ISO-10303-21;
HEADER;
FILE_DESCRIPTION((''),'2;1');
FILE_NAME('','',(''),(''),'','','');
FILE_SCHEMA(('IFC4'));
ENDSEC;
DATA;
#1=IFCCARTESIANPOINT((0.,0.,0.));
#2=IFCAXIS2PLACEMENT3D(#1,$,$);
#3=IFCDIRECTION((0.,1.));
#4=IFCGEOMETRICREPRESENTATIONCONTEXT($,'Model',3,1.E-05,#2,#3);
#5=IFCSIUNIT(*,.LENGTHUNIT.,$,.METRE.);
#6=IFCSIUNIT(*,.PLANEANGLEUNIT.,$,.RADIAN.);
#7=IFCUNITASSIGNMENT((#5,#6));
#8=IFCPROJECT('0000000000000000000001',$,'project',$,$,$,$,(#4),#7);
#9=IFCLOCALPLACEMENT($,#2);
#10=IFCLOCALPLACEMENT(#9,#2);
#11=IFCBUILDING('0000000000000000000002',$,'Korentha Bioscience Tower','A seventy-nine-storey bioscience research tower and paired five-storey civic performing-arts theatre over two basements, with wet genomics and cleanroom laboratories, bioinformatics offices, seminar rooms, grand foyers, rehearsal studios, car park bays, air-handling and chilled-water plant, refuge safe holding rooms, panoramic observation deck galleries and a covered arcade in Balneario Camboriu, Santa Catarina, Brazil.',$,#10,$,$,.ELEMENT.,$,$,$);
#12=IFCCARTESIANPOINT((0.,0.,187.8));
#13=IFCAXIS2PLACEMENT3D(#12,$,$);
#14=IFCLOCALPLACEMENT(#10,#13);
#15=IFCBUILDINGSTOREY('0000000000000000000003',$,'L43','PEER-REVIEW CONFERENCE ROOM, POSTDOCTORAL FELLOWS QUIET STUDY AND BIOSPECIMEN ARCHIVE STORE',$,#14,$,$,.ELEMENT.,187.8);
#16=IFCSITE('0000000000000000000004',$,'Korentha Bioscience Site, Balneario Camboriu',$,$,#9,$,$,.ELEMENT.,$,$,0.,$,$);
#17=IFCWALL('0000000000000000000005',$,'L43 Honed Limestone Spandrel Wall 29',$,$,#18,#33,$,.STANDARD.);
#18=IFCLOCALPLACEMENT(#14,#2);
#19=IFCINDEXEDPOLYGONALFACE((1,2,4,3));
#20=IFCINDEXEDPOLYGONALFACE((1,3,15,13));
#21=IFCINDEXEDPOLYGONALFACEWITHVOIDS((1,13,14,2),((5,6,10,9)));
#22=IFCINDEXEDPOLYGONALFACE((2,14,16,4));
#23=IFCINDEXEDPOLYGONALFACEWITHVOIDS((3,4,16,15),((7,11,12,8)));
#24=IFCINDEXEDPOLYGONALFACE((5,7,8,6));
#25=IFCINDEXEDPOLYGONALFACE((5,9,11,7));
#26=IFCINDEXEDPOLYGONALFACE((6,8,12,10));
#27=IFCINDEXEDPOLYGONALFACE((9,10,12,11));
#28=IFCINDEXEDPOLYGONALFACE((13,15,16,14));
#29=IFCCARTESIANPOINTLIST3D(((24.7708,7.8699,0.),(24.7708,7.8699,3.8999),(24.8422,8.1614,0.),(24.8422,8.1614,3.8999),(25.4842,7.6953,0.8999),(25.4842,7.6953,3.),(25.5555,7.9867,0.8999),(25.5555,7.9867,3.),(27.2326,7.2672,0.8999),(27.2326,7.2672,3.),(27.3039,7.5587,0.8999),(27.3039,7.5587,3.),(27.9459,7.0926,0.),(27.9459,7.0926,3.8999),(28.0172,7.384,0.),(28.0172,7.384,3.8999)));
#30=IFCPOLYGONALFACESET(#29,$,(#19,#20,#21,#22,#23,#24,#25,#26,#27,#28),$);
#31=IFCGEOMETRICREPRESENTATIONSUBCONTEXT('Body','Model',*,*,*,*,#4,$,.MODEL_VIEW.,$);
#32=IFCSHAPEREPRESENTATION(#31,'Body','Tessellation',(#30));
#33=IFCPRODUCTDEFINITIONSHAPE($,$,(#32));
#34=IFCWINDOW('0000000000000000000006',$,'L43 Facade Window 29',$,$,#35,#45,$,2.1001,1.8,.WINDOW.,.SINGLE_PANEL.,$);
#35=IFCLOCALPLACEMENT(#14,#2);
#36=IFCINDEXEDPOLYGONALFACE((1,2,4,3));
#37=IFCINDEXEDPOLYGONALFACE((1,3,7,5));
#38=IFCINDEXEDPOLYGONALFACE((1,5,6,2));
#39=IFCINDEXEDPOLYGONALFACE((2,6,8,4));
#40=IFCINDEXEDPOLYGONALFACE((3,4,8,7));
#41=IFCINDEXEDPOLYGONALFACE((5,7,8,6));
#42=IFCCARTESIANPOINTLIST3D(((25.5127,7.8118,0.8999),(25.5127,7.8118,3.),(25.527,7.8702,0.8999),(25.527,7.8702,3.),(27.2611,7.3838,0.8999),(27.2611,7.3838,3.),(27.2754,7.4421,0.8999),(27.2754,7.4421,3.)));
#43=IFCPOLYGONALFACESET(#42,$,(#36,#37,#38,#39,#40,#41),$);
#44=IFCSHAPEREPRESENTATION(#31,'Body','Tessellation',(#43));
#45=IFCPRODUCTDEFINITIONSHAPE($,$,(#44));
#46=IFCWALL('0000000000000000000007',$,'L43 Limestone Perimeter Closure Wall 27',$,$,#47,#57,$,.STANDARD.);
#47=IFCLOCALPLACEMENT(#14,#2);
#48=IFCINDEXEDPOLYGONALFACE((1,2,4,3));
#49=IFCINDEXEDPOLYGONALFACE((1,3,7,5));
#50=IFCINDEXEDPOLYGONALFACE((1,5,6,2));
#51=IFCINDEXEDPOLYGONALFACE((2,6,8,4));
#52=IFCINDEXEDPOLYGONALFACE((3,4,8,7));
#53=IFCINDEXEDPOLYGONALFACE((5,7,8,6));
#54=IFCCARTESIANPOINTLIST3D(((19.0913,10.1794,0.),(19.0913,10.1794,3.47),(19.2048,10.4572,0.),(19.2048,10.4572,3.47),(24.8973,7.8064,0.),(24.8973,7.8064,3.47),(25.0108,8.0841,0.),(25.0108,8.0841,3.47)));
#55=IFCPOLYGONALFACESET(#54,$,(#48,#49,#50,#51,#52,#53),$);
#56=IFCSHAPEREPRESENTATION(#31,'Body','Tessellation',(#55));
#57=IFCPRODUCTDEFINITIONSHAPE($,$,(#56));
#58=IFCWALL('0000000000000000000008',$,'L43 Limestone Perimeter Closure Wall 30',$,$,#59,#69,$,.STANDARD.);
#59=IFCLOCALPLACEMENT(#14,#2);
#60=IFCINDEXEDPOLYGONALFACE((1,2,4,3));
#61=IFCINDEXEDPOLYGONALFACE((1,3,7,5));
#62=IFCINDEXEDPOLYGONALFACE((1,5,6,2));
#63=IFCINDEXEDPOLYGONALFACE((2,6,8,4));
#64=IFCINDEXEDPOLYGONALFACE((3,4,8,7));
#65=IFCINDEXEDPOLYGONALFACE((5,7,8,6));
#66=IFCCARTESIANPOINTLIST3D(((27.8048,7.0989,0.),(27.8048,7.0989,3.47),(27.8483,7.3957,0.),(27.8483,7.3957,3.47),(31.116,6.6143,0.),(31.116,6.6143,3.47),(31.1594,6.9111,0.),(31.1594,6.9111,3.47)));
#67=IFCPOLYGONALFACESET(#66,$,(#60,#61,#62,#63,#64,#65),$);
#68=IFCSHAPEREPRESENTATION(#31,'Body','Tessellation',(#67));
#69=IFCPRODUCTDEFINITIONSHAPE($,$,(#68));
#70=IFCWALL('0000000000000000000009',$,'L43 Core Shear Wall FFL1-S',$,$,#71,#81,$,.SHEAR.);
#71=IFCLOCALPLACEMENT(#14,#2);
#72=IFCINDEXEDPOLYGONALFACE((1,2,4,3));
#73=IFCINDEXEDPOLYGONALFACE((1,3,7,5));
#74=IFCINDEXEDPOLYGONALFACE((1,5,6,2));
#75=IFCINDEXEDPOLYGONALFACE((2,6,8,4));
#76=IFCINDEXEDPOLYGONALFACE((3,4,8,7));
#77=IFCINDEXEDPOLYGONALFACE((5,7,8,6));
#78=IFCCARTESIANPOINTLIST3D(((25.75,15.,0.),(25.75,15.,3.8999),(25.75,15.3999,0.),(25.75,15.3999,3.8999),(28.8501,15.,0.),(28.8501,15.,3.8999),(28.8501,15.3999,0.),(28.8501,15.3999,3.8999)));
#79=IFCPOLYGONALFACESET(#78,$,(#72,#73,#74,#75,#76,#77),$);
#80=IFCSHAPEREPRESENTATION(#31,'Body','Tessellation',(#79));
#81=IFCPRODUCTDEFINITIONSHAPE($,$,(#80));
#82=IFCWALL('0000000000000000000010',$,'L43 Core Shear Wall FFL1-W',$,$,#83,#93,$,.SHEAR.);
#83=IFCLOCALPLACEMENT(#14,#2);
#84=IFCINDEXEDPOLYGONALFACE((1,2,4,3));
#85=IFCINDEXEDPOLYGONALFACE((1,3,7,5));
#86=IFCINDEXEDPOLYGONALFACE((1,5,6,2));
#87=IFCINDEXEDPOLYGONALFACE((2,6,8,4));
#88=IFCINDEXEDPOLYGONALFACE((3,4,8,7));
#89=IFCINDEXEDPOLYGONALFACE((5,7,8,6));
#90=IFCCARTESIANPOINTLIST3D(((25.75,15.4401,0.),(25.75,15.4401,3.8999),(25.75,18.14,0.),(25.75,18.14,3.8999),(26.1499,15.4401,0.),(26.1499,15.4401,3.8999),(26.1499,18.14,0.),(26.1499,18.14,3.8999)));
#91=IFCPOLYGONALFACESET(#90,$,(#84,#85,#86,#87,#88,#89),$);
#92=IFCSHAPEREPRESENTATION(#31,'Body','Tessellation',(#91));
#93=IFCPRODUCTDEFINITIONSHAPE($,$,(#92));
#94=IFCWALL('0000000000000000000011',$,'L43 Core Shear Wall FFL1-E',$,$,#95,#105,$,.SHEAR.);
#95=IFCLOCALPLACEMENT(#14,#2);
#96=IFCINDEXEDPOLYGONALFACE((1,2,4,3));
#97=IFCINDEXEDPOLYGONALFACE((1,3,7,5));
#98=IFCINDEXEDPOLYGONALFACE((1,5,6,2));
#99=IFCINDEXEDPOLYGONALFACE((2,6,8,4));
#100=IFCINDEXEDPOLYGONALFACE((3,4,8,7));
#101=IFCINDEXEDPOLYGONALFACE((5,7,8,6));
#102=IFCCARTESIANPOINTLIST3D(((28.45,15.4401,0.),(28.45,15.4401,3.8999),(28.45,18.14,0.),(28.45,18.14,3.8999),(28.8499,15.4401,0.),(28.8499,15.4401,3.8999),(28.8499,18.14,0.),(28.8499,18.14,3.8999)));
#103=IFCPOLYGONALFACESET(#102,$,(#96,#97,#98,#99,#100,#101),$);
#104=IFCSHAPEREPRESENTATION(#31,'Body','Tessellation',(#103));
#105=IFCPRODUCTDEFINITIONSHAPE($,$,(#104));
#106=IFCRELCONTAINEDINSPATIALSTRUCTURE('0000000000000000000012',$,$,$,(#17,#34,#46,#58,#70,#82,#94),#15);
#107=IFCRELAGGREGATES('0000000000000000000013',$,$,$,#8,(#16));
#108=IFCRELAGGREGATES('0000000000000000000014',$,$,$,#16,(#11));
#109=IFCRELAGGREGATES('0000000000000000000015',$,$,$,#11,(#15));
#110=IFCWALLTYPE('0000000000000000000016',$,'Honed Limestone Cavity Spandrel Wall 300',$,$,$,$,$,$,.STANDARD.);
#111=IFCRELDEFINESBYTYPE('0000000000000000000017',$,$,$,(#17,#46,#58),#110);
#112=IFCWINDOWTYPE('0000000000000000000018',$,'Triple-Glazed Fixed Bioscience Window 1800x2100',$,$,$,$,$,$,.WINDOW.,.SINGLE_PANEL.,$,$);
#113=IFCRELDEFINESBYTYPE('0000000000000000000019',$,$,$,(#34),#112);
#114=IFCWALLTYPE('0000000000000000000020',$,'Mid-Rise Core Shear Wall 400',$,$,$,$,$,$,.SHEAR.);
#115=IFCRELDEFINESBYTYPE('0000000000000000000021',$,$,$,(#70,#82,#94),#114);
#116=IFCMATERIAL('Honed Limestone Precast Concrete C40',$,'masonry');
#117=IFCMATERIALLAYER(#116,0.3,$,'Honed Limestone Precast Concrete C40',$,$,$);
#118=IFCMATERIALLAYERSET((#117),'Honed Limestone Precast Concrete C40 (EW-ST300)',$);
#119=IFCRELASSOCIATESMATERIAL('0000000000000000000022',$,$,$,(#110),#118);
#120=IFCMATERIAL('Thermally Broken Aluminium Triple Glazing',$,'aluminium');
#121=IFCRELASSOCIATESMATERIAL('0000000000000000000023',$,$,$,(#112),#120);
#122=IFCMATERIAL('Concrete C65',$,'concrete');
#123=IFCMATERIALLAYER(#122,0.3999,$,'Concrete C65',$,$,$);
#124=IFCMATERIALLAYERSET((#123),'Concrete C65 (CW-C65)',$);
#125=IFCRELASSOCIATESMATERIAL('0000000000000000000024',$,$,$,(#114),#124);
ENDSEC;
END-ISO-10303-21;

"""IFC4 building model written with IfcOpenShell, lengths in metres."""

from ifc_helpers import new_model, si_unit, direction, frame, frame_2d, origin, place, context, subcontext, project, spatial, rectangle, extrude, material, layer, layer_set, type_object, element, fill, save


model = new_model("IFC4")

# Units and contexts
model_context = context("Model", 3, precision=1e-05, world=origin(), true_north=direction((0.0, 1.0)))
body_context = subcontext(model_context, "Body", "Model", "MODEL_VIEW")
ifc_project = project(units=[si_unit("LENGTHUNIT", "METRE"), si_unit("PLANEANGLEUNIT", "RADIAN")], contexts=[model_context])

# Site, building, storey
site_placement = place(None, origin())
site = spatial("IfcSite", under=ifc_project, at=site_placement, Name="Korentha Bioscience Site, Balneario Camboriu", CompositionType="ELEMENT", RefElevation=0.0)
building_placement = place(site_placement, origin())
building = spatial("IfcBuilding", under=site, at=building_placement, Name="Korentha Bioscience Tower", Description="A seventy-nine-storey bioscience research tower and paired five-storey civic performing-arts theatre over two basements, with wet genomics and cleanroom laboratories, bioinformatics offices, seminar rooms, grand foyers, rehearsal studios, car park bays, air-handling and chilled-water plant, refuge safe holding rooms, panoramic observation deck galleries and a covered arcade in Balneario Camboriu, Santa Catarina, Brazil.", CompositionType="ELEMENT")
storey_placement = place(building_placement, frame((0.0, 0.0, 187.8)))
storey = spatial("IfcBuildingStorey", under=building, at=storey_placement, Name="L43", Description="PEER-REVIEW CONFERENCE ROOM, POSTDOCTORAL FELLOWS QUIET STUDY AND BIOSPECIMEN ARCHIVE STORE", CompositionType="ELEMENT", Elevation=187.8)

# Shared definitions
ifc_material_1 = material(Name="Concrete C65", Category="concrete")

# Wall, opening, window
ifc_material_2 = material(Name="Honed Limestone Precast Concrete C40", Category="masonry")
ifc_layer_1 = layer(ifc_material_2, 0.3, Name="Honed Limestone Precast Concrete C40")
ifc_layer_set_1 = layer_set([ifc_layer_1], Name="Honed Limestone Precast Concrete C40 (EW-ST300)")
wall_type_1 = type_object("IfcWallType", Name="Honed Limestone Cavity Spandrel Wall 300", PredefinedType="STANDARD", material=ifc_layer_set_1)
wall_1_placement = place(storey_placement, frame((24.8066, 8.0156, 0.0), z_axis=(0.0, 0.0, 1.0), x_axis=(0.971313, -0.237805, 0.0)))
wall_1 = element("IfcWall", 1, at=wall_1_placement, inside=storey, type_object=wall_type_1, Name="L43 Honed Limestone Spandrel Wall 29", PredefinedType="STANDARD", context=body_context, shape_type="SweptSolid", body=[
    extrude(rectangle(XDim=3.2688, YDim=0.3, at=frame_2d((1.6343, 0.0))), origin(), (0.0, 0.0, 1.0), 3.8999),
])
opening_1_placement = place(wall_1_placement, frame((0.7344, 0.0, 0.8999)))
opening_1 = element("IfcOpeningElement", 2, at=opening_1_placement, cuts=wall_1, PredefinedType="OPENING", context=body_context, shape_type="SweptSolid", body=[
    extrude(rectangle(XDim=1.8, YDim=2.1001, at=frame_2d((0.8999, 1.05))), frame((0.0, 0.165, 0.0), z_axis=(0.0, -1.0, 0.0), x_axis=(1.0, 0.0, 0.0)), (0.0, 0.0, 1.0), 0.3298),
])
ifc_material_3 = material(Name="Thermally Broken Aluminium Triple Glazing", Category="aluminium")
window_type = type_object("IfcWindowType", Name="Triple-Glazed Fixed Bioscience Window 1800x2100", PartitioningType="SINGLE_PANEL", PredefinedType="WINDOW", material=ifc_material_3)
window_placement = place(opening_1_placement, origin())
window = element("IfcWindow", 3, at=window_placement, inside=storey, type_object=window_type, Name="L43 Facade Window 29", OverallHeight=2.1001, OverallWidth=1.8, PartitioningType="SINGLE_PANEL", PredefinedType="WINDOW", context=body_context, shape_type="SweptSolid", body=[
    extrude(rectangle(XDim=1.8, YDim=2.1001, at=frame_2d((0.8999, 1.05))), frame((0.0, 0.03, 0.0), z_axis=(0.0, -1.0, 0.0), x_axis=(1.0, 0.0, 0.0)), (0.0, 0.0, 1.0), 0.0601),
])
fill(opening_1, window)

# Walls
wall_2_placement = place(storey_placement, frame((19.1479, 10.3184, 0.0), z_axis=(0.0, 0.0, 1.0), x_axis=(0.925664, -0.378346, 0.0)))
element("IfcWall", 4, at=wall_2_placement, inside=storey, type_object=wall_type_1, Name="L43 Limestone Perimeter Closure Wall 27", PredefinedType="STANDARD", context=body_context, shape_type="SweptSolid", body=[
    extrude(rectangle(XDim=6.2722, YDim=0.3, at=frame_2d((3.1362, 0.0))), origin(), (0.0, 0.0, 1.0), 3.47),
])
wall_3_placement = place(storey_placement, frame((27.8264, 7.2473, 0.0), z_axis=(0.0, 0.0, 1.0), x_axis=(0.989459, -0.144811, 0.0)))
element("IfcWall", 5, at=wall_3_placement, inside=storey, type_object=wall_type_1, Name="L43 Limestone Perimeter Closure Wall 30", PredefinedType="STANDARD", context=body_context, shape_type="SweptSolid", body=[
    extrude(rectangle(XDim=3.3464, YDim=0.3, at=frame_2d((1.6733, 0.0))), origin(), (0.0, 0.0, 1.0), 3.47),
])
ifc_layer_2 = layer(ifc_material_1, 0.3999, Name="Concrete C65")
ifc_layer_set_2 = layer_set([ifc_layer_2], Name="Concrete C65 (CW-C65)")
wall_type_2 = type_object("IfcWallType", Name="Mid-Rise Core Shear Wall 400", PredefinedType="SHEAR", material=ifc_layer_set_2)
wall_4_placement = place(storey_placement, frame((25.75, 15.2, 0.0), z_axis=(0.0, 0.0, 1.0), x_axis=(1.0, 0.0, 0.0)))
element("IfcWall", 6, at=wall_4_placement, inside=storey, type_object=wall_type_2, Name="L43 Core Shear Wall FFL1-S", PredefinedType="SHEAR", context=body_context, shape_type="SweptSolid", body=[
    extrude(rectangle(XDim=3.1001, YDim=0.3999, at=frame_2d((1.55, 0.0))), origin(), (0.0, 0.0, 1.0), 3.8999),
])
for number, where, z_axis, x_axis, name in (
    (7, (25.95, 15.4399, 0.0), (0.0, 0.0, 1.0), (0.0, 1.0, 0.0), "L43 Core Shear Wall FFL1-W"),
    (8, (28.6499, 15.4399, 0.0), (0.0, 0.0, 1.0), (0.0, 1.0, 0.0), "L43 Core Shear Wall FFL1-E"),
):
    element("IfcWall", number, at=place(storey_placement, frame(where, z_axis=z_axis, x_axis=x_axis)), inside=storey, type_object=wall_type_2, Name=name, PredefinedType="SHEAR", context=body_context, shape_type="SweptSolid", body=[
        extrude(rectangle(XDim=2.7, YDim=0.3999, at=frame_2d((1.3501, 0.0))), origin(), (0.0, 0.0, 1.0), 3.8999),
    ])

save(model, "model.ifc")
